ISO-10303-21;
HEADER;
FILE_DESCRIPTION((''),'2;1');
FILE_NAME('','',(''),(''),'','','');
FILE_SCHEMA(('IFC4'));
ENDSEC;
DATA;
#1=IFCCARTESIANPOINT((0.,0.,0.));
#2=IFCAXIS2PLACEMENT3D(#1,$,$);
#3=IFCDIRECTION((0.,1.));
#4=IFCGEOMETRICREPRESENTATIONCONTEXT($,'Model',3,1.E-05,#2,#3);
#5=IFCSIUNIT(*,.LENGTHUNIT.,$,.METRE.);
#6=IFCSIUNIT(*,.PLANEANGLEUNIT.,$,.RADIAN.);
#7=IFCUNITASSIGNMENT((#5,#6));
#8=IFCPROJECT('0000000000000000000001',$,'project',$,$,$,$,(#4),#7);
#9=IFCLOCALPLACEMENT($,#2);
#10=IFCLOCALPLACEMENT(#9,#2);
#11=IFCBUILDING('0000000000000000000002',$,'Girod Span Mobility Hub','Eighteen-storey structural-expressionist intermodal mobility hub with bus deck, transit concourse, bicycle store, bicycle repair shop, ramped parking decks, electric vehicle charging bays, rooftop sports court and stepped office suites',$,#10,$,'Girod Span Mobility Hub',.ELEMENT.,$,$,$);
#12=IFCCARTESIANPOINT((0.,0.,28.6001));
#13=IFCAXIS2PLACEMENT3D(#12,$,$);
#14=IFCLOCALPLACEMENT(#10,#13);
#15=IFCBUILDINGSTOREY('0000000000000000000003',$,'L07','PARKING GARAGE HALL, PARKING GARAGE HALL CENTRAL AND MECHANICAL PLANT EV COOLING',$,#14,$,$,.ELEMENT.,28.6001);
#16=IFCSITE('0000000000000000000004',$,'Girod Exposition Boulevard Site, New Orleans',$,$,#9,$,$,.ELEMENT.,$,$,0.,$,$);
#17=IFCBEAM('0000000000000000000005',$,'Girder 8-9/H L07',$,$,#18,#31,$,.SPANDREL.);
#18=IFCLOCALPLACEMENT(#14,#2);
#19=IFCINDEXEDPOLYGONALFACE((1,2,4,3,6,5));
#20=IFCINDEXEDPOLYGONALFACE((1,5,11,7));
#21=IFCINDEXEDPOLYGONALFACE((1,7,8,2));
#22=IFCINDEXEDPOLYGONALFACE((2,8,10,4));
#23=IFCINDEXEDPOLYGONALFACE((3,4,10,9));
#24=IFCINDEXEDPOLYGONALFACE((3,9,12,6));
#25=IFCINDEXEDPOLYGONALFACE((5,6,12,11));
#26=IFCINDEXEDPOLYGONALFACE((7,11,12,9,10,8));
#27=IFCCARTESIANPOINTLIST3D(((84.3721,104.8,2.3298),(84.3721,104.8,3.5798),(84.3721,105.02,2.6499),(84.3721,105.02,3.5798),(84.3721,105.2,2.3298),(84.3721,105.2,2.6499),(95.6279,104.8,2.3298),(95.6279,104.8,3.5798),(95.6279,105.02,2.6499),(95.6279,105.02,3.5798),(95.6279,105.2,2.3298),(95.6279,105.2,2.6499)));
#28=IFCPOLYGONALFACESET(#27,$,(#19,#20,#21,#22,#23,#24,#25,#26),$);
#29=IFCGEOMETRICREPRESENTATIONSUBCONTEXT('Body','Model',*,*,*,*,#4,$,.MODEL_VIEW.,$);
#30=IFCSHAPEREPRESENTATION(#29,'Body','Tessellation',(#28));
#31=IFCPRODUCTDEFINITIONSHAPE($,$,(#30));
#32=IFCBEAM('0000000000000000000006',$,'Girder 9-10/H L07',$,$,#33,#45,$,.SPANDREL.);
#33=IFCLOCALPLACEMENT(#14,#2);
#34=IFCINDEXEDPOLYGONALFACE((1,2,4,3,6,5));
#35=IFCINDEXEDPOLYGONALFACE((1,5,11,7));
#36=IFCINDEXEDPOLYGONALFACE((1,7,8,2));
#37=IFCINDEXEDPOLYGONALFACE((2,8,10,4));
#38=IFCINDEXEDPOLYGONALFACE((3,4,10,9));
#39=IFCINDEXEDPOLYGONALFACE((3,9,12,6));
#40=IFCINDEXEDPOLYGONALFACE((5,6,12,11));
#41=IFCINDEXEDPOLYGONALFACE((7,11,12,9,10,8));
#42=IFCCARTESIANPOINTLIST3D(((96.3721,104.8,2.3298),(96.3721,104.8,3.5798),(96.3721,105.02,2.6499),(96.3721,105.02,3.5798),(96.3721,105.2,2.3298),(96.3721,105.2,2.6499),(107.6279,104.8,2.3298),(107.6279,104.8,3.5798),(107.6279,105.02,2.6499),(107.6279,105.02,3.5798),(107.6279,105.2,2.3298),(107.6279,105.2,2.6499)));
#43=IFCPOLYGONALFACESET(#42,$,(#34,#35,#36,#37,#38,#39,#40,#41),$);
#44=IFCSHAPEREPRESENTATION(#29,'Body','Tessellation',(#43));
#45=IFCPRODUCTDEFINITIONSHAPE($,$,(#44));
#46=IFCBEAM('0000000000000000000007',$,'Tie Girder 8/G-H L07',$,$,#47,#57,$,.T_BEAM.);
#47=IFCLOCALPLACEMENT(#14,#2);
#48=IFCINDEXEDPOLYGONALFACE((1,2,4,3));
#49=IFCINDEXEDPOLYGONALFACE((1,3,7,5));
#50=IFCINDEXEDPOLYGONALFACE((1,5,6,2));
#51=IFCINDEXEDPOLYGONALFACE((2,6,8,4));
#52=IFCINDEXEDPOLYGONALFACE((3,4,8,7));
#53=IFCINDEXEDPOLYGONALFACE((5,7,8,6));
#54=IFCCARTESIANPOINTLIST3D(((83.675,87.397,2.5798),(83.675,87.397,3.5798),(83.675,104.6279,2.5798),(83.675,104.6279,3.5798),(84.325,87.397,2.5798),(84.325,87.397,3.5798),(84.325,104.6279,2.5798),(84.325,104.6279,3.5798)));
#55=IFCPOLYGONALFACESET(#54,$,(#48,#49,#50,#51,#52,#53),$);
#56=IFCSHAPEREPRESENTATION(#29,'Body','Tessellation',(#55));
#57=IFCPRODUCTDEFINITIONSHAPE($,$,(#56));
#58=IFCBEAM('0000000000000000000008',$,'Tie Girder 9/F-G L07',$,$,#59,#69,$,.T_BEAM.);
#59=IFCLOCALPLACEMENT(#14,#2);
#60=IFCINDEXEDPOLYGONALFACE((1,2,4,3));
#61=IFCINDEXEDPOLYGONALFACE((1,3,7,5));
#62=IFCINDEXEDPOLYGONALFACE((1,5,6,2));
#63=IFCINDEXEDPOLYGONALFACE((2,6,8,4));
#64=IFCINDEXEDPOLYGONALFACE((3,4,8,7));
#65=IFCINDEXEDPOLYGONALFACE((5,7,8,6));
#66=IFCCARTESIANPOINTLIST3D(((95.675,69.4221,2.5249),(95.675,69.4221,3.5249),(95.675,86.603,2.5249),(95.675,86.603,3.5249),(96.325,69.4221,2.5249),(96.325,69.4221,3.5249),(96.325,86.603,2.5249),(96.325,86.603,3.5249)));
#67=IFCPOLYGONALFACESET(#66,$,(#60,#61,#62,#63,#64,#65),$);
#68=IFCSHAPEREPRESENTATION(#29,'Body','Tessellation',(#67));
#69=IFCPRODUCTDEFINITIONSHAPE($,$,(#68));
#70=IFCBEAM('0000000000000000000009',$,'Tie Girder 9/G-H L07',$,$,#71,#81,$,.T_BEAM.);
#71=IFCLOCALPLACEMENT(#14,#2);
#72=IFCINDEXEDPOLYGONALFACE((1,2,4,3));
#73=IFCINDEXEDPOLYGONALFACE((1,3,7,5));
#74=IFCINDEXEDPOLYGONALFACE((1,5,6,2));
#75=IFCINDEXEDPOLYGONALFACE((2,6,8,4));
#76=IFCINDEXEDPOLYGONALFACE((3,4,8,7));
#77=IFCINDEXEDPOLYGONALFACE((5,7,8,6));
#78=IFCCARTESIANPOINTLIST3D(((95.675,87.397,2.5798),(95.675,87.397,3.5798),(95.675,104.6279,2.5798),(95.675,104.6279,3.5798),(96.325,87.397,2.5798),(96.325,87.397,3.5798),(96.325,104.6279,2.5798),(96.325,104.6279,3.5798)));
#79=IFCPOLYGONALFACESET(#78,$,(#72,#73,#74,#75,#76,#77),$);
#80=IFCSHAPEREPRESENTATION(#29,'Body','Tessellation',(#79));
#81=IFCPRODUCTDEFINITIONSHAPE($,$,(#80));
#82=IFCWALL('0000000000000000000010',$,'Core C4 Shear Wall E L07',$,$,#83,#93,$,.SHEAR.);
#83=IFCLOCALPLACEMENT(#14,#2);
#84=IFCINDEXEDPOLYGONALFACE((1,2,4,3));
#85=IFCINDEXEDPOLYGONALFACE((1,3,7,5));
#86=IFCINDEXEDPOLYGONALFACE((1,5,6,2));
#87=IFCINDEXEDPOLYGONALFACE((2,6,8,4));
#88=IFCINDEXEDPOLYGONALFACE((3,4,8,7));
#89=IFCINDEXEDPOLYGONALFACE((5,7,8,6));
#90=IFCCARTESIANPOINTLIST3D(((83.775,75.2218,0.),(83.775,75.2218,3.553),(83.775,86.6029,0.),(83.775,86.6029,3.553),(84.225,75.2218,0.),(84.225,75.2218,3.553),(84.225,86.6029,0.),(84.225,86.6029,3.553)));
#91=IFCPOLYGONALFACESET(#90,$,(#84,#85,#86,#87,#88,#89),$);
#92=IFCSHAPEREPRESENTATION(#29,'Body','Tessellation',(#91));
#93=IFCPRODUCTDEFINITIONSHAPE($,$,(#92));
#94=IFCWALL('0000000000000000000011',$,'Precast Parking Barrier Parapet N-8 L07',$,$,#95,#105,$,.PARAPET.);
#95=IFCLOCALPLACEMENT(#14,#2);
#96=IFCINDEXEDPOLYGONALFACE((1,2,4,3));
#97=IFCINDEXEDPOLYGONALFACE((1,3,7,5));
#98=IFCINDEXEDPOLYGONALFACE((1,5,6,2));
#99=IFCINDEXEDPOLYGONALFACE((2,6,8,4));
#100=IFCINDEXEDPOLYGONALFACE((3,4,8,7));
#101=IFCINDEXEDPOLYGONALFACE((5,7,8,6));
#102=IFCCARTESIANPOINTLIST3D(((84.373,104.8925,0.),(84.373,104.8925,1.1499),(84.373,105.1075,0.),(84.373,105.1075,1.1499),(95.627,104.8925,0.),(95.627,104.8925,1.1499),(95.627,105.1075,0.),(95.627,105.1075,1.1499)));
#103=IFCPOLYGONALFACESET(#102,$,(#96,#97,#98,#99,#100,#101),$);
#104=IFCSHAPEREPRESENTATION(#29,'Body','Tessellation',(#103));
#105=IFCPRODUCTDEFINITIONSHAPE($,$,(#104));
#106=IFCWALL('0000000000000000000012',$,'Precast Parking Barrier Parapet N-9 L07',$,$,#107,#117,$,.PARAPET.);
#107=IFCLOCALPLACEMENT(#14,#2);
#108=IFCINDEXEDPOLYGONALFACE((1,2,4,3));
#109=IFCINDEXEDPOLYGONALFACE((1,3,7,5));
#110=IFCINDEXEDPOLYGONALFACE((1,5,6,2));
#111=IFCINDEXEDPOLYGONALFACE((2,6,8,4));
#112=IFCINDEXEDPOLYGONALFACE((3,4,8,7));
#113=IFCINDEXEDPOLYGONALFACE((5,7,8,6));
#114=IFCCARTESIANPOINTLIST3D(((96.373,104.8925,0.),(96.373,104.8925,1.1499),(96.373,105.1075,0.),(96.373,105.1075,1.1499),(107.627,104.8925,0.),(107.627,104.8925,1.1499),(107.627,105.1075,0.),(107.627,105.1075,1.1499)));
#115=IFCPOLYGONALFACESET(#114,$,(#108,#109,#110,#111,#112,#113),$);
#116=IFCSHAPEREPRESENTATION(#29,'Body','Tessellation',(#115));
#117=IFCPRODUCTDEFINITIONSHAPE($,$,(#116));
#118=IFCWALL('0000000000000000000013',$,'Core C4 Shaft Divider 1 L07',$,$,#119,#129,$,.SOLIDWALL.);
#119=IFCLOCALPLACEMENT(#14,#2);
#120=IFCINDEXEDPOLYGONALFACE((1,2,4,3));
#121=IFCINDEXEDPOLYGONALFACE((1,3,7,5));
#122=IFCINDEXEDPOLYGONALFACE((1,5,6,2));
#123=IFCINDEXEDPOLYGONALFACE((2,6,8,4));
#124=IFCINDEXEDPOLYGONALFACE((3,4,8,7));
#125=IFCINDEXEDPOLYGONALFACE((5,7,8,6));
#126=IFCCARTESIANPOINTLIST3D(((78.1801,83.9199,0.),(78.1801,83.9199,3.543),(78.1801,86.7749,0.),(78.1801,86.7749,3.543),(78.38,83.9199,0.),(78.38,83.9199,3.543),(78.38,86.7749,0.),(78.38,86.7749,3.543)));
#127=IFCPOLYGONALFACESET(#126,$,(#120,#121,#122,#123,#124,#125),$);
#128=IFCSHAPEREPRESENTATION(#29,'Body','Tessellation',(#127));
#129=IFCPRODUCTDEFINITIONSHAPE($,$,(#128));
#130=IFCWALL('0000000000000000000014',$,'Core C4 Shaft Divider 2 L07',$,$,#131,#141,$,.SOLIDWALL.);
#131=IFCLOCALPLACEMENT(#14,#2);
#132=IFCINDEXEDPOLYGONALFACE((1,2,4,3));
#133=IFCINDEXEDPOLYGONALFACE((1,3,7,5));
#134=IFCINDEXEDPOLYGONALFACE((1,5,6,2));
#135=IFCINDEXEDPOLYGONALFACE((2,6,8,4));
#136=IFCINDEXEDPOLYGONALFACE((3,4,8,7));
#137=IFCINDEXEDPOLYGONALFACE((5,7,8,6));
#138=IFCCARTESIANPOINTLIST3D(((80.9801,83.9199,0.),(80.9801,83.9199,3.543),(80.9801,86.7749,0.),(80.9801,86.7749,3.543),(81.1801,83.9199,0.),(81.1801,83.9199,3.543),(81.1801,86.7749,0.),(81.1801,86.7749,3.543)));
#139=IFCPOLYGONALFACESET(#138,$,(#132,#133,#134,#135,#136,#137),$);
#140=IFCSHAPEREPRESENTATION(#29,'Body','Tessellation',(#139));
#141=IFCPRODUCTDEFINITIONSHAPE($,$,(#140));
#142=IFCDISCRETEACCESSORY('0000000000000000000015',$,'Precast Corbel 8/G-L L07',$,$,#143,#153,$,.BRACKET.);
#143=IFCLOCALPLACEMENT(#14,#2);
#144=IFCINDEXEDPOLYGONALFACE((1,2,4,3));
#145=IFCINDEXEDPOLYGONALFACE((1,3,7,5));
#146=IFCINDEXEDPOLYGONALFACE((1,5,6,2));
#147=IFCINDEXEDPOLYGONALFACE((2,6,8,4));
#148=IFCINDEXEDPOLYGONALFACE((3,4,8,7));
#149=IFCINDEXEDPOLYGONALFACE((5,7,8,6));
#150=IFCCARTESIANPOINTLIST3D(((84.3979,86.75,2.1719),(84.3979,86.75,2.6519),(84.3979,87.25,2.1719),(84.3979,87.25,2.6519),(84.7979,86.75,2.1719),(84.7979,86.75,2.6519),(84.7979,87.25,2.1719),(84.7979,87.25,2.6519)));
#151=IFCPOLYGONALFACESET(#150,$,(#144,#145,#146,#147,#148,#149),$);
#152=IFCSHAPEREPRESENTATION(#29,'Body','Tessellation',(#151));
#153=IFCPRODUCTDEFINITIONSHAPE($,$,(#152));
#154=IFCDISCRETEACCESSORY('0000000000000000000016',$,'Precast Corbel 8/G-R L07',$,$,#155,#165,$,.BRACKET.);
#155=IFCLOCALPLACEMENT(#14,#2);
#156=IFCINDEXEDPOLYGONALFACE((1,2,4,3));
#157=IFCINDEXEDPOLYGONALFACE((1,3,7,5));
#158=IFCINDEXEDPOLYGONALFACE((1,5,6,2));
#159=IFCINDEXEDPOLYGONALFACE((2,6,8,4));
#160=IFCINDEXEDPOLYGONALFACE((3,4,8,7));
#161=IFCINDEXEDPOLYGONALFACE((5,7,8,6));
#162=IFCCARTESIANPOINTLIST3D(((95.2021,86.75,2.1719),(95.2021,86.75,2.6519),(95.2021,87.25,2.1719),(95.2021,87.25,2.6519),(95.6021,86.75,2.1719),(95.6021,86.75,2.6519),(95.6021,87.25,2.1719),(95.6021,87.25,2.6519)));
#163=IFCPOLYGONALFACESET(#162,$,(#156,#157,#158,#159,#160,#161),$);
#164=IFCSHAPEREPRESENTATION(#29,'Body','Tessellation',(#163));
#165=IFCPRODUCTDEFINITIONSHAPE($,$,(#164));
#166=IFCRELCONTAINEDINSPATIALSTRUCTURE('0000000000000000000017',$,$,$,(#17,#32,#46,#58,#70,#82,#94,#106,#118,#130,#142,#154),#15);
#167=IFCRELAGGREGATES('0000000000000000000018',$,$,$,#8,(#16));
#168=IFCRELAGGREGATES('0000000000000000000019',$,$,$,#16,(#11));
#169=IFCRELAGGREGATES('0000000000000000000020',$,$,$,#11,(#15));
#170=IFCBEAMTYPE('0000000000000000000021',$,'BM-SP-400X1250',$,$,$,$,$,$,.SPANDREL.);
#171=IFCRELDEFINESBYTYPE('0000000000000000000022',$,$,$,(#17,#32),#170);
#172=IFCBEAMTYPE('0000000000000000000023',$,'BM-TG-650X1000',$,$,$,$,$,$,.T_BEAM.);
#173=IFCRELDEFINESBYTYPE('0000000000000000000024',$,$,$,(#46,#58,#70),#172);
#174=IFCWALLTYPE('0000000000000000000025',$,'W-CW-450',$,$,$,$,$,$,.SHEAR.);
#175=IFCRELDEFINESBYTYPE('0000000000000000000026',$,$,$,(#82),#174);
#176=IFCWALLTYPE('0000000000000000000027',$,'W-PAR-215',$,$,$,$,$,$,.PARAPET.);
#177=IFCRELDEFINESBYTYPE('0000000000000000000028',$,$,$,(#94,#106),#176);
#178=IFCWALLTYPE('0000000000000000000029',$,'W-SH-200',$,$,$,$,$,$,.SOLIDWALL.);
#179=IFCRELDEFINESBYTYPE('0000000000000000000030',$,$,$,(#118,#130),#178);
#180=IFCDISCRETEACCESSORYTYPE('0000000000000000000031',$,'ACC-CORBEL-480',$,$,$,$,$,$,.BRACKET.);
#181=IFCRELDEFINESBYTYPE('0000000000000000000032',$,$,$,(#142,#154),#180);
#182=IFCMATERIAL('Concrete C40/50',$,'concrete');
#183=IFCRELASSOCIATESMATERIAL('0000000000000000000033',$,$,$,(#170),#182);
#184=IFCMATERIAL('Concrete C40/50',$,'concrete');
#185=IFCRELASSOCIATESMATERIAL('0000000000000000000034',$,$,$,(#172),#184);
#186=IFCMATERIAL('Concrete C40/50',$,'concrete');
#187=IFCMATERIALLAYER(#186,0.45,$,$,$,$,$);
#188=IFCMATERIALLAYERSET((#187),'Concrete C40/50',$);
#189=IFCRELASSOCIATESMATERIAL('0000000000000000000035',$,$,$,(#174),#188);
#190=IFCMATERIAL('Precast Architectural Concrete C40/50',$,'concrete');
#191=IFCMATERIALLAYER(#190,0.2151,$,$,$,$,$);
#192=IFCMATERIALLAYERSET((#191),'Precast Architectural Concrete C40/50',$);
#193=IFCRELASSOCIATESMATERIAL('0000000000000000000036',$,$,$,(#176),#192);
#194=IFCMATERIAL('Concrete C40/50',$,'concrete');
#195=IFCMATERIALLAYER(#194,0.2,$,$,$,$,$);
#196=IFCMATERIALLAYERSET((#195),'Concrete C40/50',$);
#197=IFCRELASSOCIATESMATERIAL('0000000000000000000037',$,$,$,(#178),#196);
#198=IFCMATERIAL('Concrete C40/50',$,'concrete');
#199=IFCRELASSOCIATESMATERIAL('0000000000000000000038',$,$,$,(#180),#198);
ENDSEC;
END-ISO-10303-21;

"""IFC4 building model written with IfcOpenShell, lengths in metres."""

from ifc_helpers import new_model, si_unit, direction, frame, frame_2d, origin, origin_2d, place, context, subcontext, project, spatial, polyline, rectangle, outline, extrude, material, layer, layer_set, material_profile, profile_set, type_object, element, save


model = new_model("IFC4")

# Units and contexts
model_context = context("Model", 3, precision=1e-05, world=origin(), true_north=direction((0.0, 1.0)))
body_context = subcontext(model_context, "Body", "Model", "MODEL_VIEW")
ifc_project = project(units=[si_unit("LENGTHUNIT", "METRE"), si_unit("PLANEANGLEUNIT", "RADIAN")], contexts=[model_context])

# Site, building, storey
site_placement = place(None, origin())
site = spatial("IfcSite", under=ifc_project, at=site_placement, Name="Girod Exposition Boulevard Site, New Orleans", CompositionType="ELEMENT", RefElevation=0.0)
building_placement = place(site_placement, origin())
building = spatial("IfcBuilding", under=site, at=building_placement, Name="Girod Span Mobility Hub", Description="Eighteen-storey structural-expressionist intermodal mobility hub with bus deck, transit concourse, bicycle store, bicycle repair shop, ramped parking decks, electric vehicle charging bays, rooftop sports court and stepped office suites", LongName="Girod Span Mobility Hub", CompositionType="ELEMENT")
storey_placement = place(building_placement, frame((0.0, 0.0, 28.6001)))
storey = spatial("IfcBuildingStorey", under=building, at=storey_placement, Name="L07", Description="PARKING GARAGE HALL, PARKING GARAGE HALL CENTRAL AND MECHANICAL PLANT EV COOLING", CompositionType="ELEMENT", Elevation=28.6001)

# Beams
ifc_material_1 = material(Name="Concrete C40/50", Category="concrete")
ifc_material_profile_1 = material_profile(ifc_material_1, outline(polyline([(-0.2, -0.625), (0.2, -0.625), (0.2, -0.3049), (0.02, -0.3049), (0.02, 0.625), (-0.2, 0.625), (-0.2, -0.625)])), Name="SP-400X1250")
ifc_profile_set_1 = profile_set([ifc_material_profile_1], Name="Concrete C40/50")
beam_type_1 = type_object("IfcBeamType", Name="BM-SP-400X1250", PredefinedType="SPANDREL", material=ifc_profile_set_1)
for number, where, z_axis, x_axis, name in (
    (1, (84.3721, 105.0, 2.9548), (1.0, 0.0, 0.0), (0.0, 1.0, 0.0), "Girder 8-9/H L07"),
    (2, (96.3721, 105.0, 2.9548), (1.0, 0.0, 0.0), (0.0, 1.0, 0.0), "Girder 9-10/H L07"),
):
    element("IfcBeam", number, at=place(storey_placement, frame(where, z_axis=z_axis, x_axis=x_axis)), inside=storey, type_object=beam_type_1, Name=name, PredefinedType="SPANDREL", context=body_context, shape_type="SweptSolid", body=[
        extrude(outline(polyline([(-0.2, -0.625), (0.2, -0.625), (0.2, -0.3049), (0.02, -0.3049), (0.02, 0.625), (-0.2, 0.625), (-0.2, -0.625)])), origin(), (0.0, 0.0, 1.0), 11.2559),
    ])
ifc_material_2 = material(Name="Concrete C40/50", Category="concrete")
ifc_material_profile_2 = material_profile(ifc_material_2, rectangle(XDim=0.6499, YDim=1.0, at=origin_2d()), Name="TG-650X1000")
ifc_profile_set_2 = profile_set([ifc_material_profile_2], Name="Concrete C40/50")
beam_type_2 = type_object("IfcBeamType", Name="BM-TG-650X1000", PredefinedType="T_BEAM", material=ifc_profile_set_2)
beam_1_placement = place(storey_placement, frame((84.0, 87.397, 3.0798), z_axis=(0.0, 1.0, 0.0), x_axis=(-1.0, 0.0, 0.0)))
element("IfcBeam", 3, at=beam_1_placement, inside=storey, type_object=beam_type_2, Name="Tie Girder 8/G-H L07", PredefinedType="T_BEAM", context=body_context, shape_type="SweptSolid", body=[
    extrude(rectangle(XDim=0.6499, YDim=1.0, at=origin_2d()), origin(), (0.0, 0.0, 1.0), 17.231),
])
beam_2_placement = place(storey_placement, frame((96.0, 69.4221, 3.0249), z_axis=(0.0, 1.0, 0.0), x_axis=(-1.0, 0.0, 0.0)))
element("IfcBeam", 4, at=beam_2_placement, inside=storey, type_object=beam_type_2, Name="Tie Girder 9/F-G L07", PredefinedType="T_BEAM", context=body_context, shape_type="SweptSolid", body=[
    extrude(rectangle(XDim=0.6499, YDim=1.0, at=origin_2d()), origin(), (0.0, 0.0, 1.0), 17.1809),
])
beam_3_placement = place(storey_placement, frame((96.0, 87.397, 3.0798), z_axis=(0.0, 1.0, 0.0), x_axis=(-1.0, 0.0, 0.0)))
element("IfcBeam", 5, at=beam_3_placement, inside=storey, type_object=beam_type_2, Name="Tie Girder 9/G-H L07", PredefinedType="T_BEAM", context=body_context, shape_type="SweptSolid", body=[
    extrude(rectangle(XDim=0.6499, YDim=1.0, at=origin_2d()), origin(), (0.0, 0.0, 1.0), 17.231),
])

# Walls
ifc_material_3 = material(Name="Concrete C40/50", Category="concrete")
ifc_layer_1 = layer(ifc_material_3, 0.45)
ifc_layer_set_1 = layer_set([ifc_layer_1], Name="Concrete C40/50")
wall_type_1 = type_object("IfcWallType", Name="W-CW-450", PredefinedType="SHEAR", material=ifc_layer_set_1)
wall_placement = place(storey_placement, frame((84.0, 75.2219, 0.0), z_axis=(0.0, 0.0, 1.0), x_axis=(0.0, 1.0, 0.0)))
element("IfcWall", 6, at=wall_placement, inside=storey, type_object=wall_type_1, Name="Core C4 Shear Wall E L07", PredefinedType="SHEAR", context=body_context, shape_type="SweptSolid", body=[
    extrude(rectangle(XDim=11.3811, YDim=0.45, at=frame_2d((5.6904, 0.0))), origin(), (0.0, 0.0, 1.0), 3.553),
])
ifc_material_4 = material(Name="Precast Architectural Concrete C40/50", Category="concrete")
ifc_layer_2 = layer(ifc_material_4, 0.2151)
ifc_layer_set_2 = layer_set([ifc_layer_2], Name="Precast Architectural Concrete C40/50")
wall_type_2 = type_object("IfcWallType", Name="W-PAR-215", PredefinedType="PARAPET", material=ifc_layer_set_2)
for number, where, z_axis, x_axis, name in (
    (7, (84.373, 105.0, 0.0), (0.0, 0.0, 1.0), (1.0, 0.0, 0.0), "Precast Parking Barrier Parapet N-8 L07"),
    (8, (96.373, 105.0, 0.0), (0.0, 0.0, 1.0), (1.0, 0.0, 0.0), "Precast Parking Barrier Parapet N-9 L07"),
):
    element("IfcWall", number, at=place(storey_placement, frame(where, z_axis=z_axis, x_axis=x_axis)), inside=storey, type_object=wall_type_2, Name=name, PredefinedType="PARAPET", context=body_context, shape_type="SweptSolid", body=[
        extrude(rectangle(XDim=11.2539, YDim=0.2151, at=frame_2d((5.627, 0.0))), origin(), (0.0, 0.0, 1.0), 1.1499),
    ])
ifc_material_5 = material(Name="Concrete C40/50", Category="concrete")
ifc_layer_3 = layer(ifc_material_5, 0.2)
ifc_layer_set_3 = layer_set([ifc_layer_3], Name="Concrete C40/50")
wall_type_3 = type_object("IfcWallType", Name="W-SH-200", PredefinedType="SOLIDWALL", material=ifc_layer_set_3)
for number, where, z_axis, x_axis, name in (
    (9, (78.28, 83.9199, 0.0), (0.0, 0.0, 1.0), (0.0, 1.0, 0.0), "Core C4 Shaft Divider 1 L07"),
    (10, (81.0801, 83.9199, 0.0), (0.0, 0.0, 1.0), (0.0, 1.0, 0.0), "Core C4 Shaft Divider 2 L07"),
):
    element("IfcWall", number, at=place(storey_placement, frame(where, z_axis=z_axis, x_axis=x_axis)), inside=storey, type_object=wall_type_3, Name=name, PredefinedType="SOLIDWALL", context=body_context, shape_type="SweptSolid", body=[
        extrude(rectangle(XDim=2.855, YDim=0.2, at=frame_2d((1.4275, 0.0))), origin(), (0.0, 0.0, 1.0), 3.543),
    ])

# Discrete accessories
ifc_material_6 = material(Name="Concrete C40/50", Category="concrete")
discrete_accessory_type = type_object("IfcDiscreteAccessoryType", Name="ACC-CORBEL-480", PredefinedType="BRACKET", material=ifc_material_6)
for number, where, z_axis, x_axis, name in (
    (11, (84.5979, 87.0, 2.1719), (0.0, 0.0, 1.0), (1.0, 0.0, 0.0), "Precast Corbel 8/G-L L07"),
    (12, (95.4021, 87.0, 2.1719), (0.0, 0.0, 1.0), (1.0, 0.0, 0.0), "Precast Corbel 8/G-R L07"),
):
    element("IfcDiscreteAccessory", number, at=place(storey_placement, frame(where, z_axis=z_axis, x_axis=x_axis)), inside=storey, type_object=discrete_accessory_type, Name=name, PredefinedType="BRACKET", context=body_context, shape_type="SweptSolid", body=[
        extrude(rectangle(XDim=0.3999, YDim=0.5, at=origin_2d()), origin(), (0.0, 0.0, 1.0), 0.48),
    ])

save(model, "model.ifc")
